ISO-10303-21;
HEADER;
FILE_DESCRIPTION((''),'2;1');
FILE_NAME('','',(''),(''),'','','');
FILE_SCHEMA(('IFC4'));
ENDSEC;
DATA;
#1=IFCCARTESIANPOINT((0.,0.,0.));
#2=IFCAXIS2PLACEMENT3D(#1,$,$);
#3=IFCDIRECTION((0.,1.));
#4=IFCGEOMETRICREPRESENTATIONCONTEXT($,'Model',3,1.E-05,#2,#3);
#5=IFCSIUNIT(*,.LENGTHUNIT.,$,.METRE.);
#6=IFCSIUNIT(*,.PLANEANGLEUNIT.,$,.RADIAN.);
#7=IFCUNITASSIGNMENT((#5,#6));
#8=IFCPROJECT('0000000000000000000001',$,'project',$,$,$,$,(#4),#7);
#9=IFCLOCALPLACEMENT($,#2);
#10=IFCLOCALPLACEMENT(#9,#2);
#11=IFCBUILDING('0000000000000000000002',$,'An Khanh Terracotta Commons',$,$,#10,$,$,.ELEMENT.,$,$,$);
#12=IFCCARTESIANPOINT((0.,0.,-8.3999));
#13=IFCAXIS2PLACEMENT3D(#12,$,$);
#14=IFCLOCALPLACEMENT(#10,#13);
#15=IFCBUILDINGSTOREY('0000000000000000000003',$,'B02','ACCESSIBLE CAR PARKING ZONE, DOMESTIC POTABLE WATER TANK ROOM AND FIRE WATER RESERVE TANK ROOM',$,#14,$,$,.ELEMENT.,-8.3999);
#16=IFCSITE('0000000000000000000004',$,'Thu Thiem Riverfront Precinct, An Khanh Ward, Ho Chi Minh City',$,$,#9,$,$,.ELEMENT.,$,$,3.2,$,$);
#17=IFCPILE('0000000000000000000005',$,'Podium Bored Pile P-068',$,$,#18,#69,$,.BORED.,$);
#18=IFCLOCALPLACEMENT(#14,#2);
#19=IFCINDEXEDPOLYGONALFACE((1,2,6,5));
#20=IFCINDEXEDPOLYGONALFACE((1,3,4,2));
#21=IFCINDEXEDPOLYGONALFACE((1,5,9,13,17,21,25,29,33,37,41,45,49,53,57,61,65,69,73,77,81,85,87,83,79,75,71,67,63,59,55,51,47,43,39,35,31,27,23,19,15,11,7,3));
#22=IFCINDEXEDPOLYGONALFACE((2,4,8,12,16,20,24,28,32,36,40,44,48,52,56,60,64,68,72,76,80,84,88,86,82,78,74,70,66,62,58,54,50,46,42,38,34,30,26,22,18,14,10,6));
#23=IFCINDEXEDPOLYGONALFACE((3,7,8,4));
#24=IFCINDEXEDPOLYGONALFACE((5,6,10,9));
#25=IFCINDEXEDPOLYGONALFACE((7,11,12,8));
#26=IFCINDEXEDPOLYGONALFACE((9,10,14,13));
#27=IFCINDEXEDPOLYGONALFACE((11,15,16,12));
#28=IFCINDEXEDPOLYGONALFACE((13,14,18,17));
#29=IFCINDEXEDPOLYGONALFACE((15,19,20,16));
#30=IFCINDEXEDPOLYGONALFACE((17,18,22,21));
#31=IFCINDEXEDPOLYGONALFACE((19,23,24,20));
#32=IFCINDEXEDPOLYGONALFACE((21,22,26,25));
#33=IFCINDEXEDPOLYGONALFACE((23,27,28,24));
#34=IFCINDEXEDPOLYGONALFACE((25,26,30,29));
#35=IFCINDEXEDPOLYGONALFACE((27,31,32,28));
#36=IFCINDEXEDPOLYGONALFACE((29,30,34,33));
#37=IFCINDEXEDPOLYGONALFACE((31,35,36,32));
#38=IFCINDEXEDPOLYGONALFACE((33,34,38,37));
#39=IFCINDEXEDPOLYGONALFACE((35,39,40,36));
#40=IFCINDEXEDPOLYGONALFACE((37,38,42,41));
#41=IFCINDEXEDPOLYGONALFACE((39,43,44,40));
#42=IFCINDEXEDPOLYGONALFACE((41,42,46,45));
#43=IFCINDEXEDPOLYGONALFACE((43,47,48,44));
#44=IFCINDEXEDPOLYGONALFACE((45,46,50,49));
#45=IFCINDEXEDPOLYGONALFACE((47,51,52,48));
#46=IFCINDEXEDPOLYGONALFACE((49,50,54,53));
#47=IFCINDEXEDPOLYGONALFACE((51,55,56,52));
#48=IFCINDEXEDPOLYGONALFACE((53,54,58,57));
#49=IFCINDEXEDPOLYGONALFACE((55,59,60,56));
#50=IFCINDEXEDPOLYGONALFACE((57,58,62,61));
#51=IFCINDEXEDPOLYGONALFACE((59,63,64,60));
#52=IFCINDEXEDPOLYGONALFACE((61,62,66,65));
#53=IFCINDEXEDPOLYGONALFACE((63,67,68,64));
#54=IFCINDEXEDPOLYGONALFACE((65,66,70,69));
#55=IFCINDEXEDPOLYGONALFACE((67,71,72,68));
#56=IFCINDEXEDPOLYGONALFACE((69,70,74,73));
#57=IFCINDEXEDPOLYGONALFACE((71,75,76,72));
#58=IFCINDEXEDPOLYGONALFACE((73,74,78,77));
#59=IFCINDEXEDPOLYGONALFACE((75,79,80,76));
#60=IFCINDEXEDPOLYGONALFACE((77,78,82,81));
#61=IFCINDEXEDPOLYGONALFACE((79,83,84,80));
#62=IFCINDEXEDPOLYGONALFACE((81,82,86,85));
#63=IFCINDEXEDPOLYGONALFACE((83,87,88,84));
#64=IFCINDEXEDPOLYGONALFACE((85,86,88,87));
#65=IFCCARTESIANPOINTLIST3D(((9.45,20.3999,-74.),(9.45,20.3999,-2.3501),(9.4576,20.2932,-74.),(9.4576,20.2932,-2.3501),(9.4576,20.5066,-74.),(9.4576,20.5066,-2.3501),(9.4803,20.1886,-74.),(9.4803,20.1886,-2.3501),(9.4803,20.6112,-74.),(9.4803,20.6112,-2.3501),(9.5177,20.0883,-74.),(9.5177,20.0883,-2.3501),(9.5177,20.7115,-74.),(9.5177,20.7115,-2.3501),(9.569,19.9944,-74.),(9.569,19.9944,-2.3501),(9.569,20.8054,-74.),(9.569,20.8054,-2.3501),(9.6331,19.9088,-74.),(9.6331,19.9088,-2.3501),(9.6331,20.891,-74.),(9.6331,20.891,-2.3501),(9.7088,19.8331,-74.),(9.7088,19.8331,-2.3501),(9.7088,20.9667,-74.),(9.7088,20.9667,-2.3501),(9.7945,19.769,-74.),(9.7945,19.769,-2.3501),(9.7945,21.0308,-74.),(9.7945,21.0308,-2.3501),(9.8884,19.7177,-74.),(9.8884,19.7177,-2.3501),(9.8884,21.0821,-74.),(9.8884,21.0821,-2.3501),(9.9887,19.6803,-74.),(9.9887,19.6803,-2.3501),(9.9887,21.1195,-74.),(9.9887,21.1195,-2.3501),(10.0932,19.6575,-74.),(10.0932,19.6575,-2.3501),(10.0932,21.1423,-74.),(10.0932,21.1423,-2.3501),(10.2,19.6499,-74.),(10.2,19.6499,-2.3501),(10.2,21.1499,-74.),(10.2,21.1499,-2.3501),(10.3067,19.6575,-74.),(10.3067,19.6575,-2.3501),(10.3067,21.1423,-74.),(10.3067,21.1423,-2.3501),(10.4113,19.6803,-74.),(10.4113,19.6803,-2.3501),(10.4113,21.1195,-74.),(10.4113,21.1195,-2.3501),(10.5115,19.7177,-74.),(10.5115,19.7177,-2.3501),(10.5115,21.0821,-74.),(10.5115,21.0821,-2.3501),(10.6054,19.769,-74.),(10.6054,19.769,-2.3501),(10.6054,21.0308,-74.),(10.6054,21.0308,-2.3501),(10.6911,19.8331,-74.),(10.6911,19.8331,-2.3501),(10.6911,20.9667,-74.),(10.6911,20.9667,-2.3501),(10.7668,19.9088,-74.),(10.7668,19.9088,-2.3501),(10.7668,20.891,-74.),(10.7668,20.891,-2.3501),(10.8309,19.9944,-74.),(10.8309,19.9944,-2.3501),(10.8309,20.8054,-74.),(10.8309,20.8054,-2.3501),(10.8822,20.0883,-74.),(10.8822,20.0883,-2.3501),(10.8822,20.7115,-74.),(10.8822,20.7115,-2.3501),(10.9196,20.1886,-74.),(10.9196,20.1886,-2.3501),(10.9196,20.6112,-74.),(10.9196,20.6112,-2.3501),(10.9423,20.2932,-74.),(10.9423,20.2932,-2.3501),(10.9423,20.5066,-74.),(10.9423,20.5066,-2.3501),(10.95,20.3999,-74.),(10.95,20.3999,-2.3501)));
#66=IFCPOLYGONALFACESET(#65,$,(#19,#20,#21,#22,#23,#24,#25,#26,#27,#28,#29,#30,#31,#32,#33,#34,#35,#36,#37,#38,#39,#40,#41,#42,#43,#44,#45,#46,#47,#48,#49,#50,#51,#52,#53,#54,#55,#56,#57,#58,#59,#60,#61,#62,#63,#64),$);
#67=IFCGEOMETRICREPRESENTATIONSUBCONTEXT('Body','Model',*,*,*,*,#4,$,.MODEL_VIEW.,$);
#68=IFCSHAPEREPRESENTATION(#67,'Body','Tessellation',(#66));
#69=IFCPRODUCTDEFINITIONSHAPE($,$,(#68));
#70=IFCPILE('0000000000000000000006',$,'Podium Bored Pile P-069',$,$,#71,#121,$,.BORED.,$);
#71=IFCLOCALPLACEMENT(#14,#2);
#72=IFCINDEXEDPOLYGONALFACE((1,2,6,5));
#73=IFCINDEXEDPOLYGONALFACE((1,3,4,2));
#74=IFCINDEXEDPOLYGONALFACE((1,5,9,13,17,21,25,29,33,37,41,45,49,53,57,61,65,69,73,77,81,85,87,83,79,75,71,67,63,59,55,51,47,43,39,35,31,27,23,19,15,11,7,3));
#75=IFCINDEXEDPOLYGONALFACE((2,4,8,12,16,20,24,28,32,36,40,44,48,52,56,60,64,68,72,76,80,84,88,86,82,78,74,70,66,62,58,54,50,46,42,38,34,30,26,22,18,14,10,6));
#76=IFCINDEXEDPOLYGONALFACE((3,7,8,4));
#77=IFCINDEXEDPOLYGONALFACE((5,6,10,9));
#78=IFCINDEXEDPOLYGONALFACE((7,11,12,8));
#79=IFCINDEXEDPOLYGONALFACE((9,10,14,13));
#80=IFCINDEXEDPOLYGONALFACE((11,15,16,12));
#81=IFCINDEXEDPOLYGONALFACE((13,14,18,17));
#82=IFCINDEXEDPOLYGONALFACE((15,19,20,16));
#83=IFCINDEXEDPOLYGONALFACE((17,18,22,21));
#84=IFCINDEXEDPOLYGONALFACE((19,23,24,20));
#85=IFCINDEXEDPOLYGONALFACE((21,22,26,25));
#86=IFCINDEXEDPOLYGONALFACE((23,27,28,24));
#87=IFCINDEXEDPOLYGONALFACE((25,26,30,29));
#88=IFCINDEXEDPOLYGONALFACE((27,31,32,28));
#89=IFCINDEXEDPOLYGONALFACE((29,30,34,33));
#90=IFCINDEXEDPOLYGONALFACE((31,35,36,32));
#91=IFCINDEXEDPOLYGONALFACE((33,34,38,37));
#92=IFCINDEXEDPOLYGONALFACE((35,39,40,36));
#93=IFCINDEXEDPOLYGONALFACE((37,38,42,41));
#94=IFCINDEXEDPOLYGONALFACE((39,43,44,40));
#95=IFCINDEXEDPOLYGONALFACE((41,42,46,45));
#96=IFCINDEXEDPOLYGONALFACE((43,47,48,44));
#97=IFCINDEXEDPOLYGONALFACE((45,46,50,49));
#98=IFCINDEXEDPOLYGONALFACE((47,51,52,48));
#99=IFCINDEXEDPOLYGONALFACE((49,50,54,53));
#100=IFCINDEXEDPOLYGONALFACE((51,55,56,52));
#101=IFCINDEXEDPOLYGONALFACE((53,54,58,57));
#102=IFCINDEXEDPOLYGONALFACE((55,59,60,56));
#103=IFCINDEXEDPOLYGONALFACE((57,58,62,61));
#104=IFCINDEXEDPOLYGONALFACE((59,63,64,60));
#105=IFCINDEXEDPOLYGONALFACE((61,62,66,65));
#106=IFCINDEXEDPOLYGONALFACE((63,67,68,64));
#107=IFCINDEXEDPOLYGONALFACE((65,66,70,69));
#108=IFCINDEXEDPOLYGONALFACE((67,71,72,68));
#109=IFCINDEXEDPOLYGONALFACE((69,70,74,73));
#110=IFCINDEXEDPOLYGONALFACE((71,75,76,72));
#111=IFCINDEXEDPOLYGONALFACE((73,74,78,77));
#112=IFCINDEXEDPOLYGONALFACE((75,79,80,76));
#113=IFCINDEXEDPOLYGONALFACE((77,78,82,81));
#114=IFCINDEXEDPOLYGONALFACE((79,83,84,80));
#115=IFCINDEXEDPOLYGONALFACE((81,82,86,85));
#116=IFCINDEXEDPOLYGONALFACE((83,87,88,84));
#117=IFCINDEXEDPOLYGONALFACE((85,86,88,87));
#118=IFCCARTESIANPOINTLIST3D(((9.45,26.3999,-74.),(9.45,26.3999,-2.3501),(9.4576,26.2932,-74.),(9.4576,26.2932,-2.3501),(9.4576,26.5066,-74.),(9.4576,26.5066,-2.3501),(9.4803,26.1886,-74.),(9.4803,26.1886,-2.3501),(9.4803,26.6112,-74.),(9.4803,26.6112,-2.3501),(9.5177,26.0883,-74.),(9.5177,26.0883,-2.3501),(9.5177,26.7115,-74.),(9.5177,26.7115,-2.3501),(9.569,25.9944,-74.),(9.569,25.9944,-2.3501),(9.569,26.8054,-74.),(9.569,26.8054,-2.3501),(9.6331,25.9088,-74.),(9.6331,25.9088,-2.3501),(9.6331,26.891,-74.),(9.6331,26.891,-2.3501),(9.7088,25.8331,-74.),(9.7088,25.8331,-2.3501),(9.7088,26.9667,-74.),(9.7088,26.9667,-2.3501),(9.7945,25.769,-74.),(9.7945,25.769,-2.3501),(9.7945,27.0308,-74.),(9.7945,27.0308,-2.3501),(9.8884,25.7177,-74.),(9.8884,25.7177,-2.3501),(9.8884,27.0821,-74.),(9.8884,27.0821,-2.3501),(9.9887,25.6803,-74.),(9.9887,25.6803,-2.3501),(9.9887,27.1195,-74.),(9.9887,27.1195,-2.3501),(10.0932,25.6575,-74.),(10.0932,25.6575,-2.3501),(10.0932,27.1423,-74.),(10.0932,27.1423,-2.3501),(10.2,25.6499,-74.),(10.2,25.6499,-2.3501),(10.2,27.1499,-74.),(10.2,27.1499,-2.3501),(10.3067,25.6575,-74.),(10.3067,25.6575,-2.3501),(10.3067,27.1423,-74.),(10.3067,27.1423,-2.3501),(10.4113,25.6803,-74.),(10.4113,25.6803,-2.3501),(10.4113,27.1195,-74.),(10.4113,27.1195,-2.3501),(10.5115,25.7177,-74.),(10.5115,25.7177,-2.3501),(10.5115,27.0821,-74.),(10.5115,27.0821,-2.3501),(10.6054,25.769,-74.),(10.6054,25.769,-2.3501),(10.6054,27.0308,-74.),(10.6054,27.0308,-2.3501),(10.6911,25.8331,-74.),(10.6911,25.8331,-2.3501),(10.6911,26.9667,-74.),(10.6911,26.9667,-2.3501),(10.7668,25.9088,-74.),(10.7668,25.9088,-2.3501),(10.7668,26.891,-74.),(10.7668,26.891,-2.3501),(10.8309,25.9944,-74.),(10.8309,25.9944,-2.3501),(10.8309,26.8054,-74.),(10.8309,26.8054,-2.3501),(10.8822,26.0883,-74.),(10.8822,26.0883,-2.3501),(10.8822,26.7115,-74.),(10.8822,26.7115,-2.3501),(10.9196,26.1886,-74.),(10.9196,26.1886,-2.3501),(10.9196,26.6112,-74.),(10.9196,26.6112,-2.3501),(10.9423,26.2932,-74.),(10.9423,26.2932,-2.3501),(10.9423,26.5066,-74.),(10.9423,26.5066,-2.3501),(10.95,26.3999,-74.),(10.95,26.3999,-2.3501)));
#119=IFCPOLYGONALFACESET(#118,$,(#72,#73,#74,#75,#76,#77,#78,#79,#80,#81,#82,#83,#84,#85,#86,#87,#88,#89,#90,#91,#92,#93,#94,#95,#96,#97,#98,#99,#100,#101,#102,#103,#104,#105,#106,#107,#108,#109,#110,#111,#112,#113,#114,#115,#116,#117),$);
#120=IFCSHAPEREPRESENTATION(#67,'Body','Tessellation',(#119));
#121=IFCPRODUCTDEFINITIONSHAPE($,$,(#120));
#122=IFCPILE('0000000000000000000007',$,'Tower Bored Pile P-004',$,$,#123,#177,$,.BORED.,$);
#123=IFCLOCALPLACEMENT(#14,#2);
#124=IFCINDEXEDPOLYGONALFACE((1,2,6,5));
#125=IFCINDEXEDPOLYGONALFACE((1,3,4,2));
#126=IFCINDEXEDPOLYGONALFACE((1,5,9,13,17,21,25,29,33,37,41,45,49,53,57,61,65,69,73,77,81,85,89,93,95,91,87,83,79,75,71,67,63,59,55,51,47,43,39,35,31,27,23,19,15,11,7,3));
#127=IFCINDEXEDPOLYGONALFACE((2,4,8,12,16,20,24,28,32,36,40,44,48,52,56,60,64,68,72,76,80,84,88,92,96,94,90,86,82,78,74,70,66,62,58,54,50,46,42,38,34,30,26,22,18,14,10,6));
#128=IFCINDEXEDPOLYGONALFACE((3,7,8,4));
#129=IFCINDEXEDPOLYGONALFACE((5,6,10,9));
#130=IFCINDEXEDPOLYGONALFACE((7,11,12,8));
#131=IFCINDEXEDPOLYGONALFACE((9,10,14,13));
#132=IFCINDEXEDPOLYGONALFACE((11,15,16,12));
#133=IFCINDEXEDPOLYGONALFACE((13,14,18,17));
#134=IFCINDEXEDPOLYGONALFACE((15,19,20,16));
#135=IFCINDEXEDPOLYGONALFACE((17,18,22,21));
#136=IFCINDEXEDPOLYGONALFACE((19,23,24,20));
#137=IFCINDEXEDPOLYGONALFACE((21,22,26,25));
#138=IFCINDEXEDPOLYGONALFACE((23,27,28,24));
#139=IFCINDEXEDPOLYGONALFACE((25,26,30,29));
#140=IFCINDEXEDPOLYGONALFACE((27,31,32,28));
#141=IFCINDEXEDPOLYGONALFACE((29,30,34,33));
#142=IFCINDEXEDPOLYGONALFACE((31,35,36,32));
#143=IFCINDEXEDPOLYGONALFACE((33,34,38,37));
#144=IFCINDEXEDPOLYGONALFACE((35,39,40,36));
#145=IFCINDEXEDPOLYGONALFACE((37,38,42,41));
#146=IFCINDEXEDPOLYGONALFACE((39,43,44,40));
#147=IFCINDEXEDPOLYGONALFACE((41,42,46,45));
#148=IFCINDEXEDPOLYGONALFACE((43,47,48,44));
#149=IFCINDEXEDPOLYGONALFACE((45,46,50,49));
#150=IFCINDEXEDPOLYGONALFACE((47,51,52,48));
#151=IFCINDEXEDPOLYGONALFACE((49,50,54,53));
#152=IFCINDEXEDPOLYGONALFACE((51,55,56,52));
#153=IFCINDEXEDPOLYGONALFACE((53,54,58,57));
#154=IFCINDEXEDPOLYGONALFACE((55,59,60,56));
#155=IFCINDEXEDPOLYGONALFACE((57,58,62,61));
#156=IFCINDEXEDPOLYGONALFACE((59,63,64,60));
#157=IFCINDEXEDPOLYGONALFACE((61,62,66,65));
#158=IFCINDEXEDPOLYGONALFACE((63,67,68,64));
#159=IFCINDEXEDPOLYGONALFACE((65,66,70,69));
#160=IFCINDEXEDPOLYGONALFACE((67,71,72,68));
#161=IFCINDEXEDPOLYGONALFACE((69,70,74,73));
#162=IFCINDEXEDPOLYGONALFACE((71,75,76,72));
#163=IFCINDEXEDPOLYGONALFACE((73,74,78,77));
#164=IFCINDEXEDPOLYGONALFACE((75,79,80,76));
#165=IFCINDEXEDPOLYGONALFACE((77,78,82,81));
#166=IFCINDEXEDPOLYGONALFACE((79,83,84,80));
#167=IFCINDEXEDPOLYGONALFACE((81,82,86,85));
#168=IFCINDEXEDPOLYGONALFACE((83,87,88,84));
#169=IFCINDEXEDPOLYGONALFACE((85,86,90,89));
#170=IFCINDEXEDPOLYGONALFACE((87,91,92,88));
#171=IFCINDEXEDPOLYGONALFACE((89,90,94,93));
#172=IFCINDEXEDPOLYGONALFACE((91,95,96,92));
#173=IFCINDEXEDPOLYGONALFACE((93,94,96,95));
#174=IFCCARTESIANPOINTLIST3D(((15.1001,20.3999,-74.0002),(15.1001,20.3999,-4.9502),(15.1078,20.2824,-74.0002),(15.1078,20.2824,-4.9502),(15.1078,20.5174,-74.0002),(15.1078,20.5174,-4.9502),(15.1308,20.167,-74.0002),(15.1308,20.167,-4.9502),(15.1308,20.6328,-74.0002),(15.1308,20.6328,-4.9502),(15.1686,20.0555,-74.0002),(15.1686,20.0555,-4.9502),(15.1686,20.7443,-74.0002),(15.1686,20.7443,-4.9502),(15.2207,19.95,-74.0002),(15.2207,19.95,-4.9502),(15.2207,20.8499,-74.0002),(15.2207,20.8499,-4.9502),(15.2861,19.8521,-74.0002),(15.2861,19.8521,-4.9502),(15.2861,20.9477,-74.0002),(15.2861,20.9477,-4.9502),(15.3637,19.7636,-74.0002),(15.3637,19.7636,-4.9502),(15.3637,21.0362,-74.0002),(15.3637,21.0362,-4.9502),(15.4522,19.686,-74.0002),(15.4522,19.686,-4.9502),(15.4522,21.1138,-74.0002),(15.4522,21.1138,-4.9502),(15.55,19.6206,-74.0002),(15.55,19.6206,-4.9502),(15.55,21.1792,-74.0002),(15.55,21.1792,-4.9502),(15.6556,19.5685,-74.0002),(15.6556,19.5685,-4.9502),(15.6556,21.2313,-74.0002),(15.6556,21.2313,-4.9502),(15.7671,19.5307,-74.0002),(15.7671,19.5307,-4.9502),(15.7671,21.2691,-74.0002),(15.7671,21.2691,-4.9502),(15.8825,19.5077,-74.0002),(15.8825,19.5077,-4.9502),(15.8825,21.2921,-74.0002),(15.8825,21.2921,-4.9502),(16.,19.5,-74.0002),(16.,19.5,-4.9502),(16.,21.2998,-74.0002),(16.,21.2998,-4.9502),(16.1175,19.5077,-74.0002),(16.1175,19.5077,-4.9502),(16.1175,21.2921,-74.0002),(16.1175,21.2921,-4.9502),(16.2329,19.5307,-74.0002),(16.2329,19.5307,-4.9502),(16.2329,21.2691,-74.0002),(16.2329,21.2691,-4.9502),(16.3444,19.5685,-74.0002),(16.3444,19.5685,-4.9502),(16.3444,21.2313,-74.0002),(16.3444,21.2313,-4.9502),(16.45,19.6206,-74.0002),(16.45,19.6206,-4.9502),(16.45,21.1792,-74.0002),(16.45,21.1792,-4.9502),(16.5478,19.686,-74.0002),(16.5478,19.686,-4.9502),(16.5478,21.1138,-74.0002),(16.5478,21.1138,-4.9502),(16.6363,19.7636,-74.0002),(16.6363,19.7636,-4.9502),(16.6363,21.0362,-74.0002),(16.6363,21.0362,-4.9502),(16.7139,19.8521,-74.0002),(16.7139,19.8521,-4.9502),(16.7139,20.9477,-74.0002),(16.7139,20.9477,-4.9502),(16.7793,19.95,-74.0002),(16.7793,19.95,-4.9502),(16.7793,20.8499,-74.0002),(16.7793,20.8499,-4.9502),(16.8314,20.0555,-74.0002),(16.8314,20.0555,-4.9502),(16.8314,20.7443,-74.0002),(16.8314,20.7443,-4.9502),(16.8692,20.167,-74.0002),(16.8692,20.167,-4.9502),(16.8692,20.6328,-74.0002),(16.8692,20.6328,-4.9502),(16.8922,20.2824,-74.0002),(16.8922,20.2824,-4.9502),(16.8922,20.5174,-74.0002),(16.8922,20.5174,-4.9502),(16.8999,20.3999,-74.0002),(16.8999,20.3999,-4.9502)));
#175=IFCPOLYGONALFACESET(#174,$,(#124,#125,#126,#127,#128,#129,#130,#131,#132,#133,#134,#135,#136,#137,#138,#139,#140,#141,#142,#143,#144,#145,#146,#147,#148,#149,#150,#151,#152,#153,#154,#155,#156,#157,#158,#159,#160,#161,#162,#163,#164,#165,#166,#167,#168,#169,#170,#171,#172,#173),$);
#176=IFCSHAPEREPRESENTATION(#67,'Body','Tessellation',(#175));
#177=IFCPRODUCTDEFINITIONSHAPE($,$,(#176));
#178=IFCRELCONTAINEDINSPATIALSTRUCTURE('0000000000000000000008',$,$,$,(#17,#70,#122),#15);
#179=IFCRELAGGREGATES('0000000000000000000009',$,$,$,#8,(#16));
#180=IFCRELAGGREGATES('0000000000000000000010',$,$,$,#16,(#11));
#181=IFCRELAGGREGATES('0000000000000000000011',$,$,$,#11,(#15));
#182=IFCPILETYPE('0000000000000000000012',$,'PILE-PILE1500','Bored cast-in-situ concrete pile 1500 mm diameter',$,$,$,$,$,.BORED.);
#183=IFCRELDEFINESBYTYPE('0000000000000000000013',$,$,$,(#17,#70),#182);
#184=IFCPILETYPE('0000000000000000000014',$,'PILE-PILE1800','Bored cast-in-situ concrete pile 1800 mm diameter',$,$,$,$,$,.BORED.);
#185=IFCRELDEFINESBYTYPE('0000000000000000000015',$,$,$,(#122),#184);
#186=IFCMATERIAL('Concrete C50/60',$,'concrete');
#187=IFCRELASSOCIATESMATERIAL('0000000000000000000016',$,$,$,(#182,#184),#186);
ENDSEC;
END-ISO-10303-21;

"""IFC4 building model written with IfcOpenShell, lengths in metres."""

from ifc_helpers import new_model, si_unit, direction, frame, origin, origin_2d, place, context, subcontext, project, spatial, circle, extrude, material, material_profile, profile_set, type_object, element, save


model = new_model("IFC4")

# Units and contexts
model_context = context("Model", 3, precision=1e-05, world=origin(), true_north=direction((0.0, 1.0)))
body_context = subcontext(model_context, "Body", "Model", "MODEL_VIEW")
ifc_project = project(units=[si_unit("LENGTHUNIT", "METRE"), si_unit("PLANEANGLEUNIT", "RADIAN")], contexts=[model_context])

# Site, building, storey
site_placement = place(None, origin())
site = spatial("IfcSite", under=ifc_project, at=site_placement, Name="Thu Thiem Riverfront Precinct, An Khanh Ward, Ho Chi Minh City", CompositionType="ELEMENT", RefElevation=3.2)
building_placement = place(site_placement, origin())
building = spatial("IfcBuilding", under=site, at=building_placement, Name="An Khanh Terracotta Commons", CompositionType="ELEMENT")
storey_placement = place(building_placement, frame((0.0, 0.0, -8.3999)))
storey = spatial("IfcBuildingStorey", under=building, at=storey_placement, Name="B02", Description="ACCESSIBLE CAR PARKING ZONE, DOMESTIC POTABLE WATER TANK ROOM AND FIRE WATER RESERVE TANK ROOM", CompositionType="ELEMENT", Elevation=-8.3999)

# Shared definitions
ifc_material_1 = material(Name="Concrete C50/60", Category="concrete")

# Piles
ifc_material_profile_1 = material_profile(ifc_material_1, circle(Radius=0.75, at=origin_2d()), Name="PILE1500")
ifc_profile_set_1 = profile_set([ifc_material_profile_1], Name="Concrete C50/60")
pile_type_1 = type_object("IfcPileType", Name="PILE-PILE1500", Description="Bored cast-in-situ concrete pile 1500 mm diameter", PredefinedType="BORED", material=ifc_profile_set_1)
for number, where, z_axis, x_axis, name in (
    (1, (10.2, 20.3999, -2.3501), (0.0, 0.0, -1.0), (1.0, 0.0, 0.0), "Podium Bored Pile P-068"),
    (2, (10.2, 26.3999, -2.3501), (0.0, 0.0, -1.0), (1.0, 0.0, 0.0), "Podium Bored Pile P-069"),
):
    element("IfcPile", number, at=place(storey_placement, frame(where, z_axis=z_axis, x_axis=x_axis)), inside=storey, type_object=pile_type_1, Name=name, PredefinedType="BORED", context=body_context, shape_type="SweptSolid", body=[
        extrude(circle(Radius=0.75, at=origin_2d()), origin(), (0.0, 0.0, 1.0), 71.6499),
    ])
ifc_material_profile_2 = material_profile(ifc_material_1, circle(Radius=0.8999, at=origin_2d()), Name="PILE1800")
ifc_profile_set_2 = profile_set([ifc_material_profile_2], Name="Concrete C50/60")
pile_type_2 = type_object("IfcPileType", Name="PILE-PILE1800", Description="Bored cast-in-situ concrete pile 1800 mm diameter", PredefinedType="BORED", material=ifc_profile_set_2)
for number, where, z_axis, x_axis, name in (
    (3, (16.0, 20.3999, -4.9502), (0.0, 0.0, -1.0), (1.0, 0.0, 0.0), "Tower Bored Pile P-004"),
):
    element("IfcPile", number, at=place(storey_placement, frame(where, z_axis=z_axis, x_axis=x_axis)), inside=storey, type_object=pile_type_2, Name=name, PredefinedType="BORED", context=body_context, shape_type="SweptSolid", body=[
        extrude(circle(Radius=0.8999, at=origin_2d()), origin(), (0.0, 0.0, 1.0), 69.05),
    ])

save(model, "model.ifc")
